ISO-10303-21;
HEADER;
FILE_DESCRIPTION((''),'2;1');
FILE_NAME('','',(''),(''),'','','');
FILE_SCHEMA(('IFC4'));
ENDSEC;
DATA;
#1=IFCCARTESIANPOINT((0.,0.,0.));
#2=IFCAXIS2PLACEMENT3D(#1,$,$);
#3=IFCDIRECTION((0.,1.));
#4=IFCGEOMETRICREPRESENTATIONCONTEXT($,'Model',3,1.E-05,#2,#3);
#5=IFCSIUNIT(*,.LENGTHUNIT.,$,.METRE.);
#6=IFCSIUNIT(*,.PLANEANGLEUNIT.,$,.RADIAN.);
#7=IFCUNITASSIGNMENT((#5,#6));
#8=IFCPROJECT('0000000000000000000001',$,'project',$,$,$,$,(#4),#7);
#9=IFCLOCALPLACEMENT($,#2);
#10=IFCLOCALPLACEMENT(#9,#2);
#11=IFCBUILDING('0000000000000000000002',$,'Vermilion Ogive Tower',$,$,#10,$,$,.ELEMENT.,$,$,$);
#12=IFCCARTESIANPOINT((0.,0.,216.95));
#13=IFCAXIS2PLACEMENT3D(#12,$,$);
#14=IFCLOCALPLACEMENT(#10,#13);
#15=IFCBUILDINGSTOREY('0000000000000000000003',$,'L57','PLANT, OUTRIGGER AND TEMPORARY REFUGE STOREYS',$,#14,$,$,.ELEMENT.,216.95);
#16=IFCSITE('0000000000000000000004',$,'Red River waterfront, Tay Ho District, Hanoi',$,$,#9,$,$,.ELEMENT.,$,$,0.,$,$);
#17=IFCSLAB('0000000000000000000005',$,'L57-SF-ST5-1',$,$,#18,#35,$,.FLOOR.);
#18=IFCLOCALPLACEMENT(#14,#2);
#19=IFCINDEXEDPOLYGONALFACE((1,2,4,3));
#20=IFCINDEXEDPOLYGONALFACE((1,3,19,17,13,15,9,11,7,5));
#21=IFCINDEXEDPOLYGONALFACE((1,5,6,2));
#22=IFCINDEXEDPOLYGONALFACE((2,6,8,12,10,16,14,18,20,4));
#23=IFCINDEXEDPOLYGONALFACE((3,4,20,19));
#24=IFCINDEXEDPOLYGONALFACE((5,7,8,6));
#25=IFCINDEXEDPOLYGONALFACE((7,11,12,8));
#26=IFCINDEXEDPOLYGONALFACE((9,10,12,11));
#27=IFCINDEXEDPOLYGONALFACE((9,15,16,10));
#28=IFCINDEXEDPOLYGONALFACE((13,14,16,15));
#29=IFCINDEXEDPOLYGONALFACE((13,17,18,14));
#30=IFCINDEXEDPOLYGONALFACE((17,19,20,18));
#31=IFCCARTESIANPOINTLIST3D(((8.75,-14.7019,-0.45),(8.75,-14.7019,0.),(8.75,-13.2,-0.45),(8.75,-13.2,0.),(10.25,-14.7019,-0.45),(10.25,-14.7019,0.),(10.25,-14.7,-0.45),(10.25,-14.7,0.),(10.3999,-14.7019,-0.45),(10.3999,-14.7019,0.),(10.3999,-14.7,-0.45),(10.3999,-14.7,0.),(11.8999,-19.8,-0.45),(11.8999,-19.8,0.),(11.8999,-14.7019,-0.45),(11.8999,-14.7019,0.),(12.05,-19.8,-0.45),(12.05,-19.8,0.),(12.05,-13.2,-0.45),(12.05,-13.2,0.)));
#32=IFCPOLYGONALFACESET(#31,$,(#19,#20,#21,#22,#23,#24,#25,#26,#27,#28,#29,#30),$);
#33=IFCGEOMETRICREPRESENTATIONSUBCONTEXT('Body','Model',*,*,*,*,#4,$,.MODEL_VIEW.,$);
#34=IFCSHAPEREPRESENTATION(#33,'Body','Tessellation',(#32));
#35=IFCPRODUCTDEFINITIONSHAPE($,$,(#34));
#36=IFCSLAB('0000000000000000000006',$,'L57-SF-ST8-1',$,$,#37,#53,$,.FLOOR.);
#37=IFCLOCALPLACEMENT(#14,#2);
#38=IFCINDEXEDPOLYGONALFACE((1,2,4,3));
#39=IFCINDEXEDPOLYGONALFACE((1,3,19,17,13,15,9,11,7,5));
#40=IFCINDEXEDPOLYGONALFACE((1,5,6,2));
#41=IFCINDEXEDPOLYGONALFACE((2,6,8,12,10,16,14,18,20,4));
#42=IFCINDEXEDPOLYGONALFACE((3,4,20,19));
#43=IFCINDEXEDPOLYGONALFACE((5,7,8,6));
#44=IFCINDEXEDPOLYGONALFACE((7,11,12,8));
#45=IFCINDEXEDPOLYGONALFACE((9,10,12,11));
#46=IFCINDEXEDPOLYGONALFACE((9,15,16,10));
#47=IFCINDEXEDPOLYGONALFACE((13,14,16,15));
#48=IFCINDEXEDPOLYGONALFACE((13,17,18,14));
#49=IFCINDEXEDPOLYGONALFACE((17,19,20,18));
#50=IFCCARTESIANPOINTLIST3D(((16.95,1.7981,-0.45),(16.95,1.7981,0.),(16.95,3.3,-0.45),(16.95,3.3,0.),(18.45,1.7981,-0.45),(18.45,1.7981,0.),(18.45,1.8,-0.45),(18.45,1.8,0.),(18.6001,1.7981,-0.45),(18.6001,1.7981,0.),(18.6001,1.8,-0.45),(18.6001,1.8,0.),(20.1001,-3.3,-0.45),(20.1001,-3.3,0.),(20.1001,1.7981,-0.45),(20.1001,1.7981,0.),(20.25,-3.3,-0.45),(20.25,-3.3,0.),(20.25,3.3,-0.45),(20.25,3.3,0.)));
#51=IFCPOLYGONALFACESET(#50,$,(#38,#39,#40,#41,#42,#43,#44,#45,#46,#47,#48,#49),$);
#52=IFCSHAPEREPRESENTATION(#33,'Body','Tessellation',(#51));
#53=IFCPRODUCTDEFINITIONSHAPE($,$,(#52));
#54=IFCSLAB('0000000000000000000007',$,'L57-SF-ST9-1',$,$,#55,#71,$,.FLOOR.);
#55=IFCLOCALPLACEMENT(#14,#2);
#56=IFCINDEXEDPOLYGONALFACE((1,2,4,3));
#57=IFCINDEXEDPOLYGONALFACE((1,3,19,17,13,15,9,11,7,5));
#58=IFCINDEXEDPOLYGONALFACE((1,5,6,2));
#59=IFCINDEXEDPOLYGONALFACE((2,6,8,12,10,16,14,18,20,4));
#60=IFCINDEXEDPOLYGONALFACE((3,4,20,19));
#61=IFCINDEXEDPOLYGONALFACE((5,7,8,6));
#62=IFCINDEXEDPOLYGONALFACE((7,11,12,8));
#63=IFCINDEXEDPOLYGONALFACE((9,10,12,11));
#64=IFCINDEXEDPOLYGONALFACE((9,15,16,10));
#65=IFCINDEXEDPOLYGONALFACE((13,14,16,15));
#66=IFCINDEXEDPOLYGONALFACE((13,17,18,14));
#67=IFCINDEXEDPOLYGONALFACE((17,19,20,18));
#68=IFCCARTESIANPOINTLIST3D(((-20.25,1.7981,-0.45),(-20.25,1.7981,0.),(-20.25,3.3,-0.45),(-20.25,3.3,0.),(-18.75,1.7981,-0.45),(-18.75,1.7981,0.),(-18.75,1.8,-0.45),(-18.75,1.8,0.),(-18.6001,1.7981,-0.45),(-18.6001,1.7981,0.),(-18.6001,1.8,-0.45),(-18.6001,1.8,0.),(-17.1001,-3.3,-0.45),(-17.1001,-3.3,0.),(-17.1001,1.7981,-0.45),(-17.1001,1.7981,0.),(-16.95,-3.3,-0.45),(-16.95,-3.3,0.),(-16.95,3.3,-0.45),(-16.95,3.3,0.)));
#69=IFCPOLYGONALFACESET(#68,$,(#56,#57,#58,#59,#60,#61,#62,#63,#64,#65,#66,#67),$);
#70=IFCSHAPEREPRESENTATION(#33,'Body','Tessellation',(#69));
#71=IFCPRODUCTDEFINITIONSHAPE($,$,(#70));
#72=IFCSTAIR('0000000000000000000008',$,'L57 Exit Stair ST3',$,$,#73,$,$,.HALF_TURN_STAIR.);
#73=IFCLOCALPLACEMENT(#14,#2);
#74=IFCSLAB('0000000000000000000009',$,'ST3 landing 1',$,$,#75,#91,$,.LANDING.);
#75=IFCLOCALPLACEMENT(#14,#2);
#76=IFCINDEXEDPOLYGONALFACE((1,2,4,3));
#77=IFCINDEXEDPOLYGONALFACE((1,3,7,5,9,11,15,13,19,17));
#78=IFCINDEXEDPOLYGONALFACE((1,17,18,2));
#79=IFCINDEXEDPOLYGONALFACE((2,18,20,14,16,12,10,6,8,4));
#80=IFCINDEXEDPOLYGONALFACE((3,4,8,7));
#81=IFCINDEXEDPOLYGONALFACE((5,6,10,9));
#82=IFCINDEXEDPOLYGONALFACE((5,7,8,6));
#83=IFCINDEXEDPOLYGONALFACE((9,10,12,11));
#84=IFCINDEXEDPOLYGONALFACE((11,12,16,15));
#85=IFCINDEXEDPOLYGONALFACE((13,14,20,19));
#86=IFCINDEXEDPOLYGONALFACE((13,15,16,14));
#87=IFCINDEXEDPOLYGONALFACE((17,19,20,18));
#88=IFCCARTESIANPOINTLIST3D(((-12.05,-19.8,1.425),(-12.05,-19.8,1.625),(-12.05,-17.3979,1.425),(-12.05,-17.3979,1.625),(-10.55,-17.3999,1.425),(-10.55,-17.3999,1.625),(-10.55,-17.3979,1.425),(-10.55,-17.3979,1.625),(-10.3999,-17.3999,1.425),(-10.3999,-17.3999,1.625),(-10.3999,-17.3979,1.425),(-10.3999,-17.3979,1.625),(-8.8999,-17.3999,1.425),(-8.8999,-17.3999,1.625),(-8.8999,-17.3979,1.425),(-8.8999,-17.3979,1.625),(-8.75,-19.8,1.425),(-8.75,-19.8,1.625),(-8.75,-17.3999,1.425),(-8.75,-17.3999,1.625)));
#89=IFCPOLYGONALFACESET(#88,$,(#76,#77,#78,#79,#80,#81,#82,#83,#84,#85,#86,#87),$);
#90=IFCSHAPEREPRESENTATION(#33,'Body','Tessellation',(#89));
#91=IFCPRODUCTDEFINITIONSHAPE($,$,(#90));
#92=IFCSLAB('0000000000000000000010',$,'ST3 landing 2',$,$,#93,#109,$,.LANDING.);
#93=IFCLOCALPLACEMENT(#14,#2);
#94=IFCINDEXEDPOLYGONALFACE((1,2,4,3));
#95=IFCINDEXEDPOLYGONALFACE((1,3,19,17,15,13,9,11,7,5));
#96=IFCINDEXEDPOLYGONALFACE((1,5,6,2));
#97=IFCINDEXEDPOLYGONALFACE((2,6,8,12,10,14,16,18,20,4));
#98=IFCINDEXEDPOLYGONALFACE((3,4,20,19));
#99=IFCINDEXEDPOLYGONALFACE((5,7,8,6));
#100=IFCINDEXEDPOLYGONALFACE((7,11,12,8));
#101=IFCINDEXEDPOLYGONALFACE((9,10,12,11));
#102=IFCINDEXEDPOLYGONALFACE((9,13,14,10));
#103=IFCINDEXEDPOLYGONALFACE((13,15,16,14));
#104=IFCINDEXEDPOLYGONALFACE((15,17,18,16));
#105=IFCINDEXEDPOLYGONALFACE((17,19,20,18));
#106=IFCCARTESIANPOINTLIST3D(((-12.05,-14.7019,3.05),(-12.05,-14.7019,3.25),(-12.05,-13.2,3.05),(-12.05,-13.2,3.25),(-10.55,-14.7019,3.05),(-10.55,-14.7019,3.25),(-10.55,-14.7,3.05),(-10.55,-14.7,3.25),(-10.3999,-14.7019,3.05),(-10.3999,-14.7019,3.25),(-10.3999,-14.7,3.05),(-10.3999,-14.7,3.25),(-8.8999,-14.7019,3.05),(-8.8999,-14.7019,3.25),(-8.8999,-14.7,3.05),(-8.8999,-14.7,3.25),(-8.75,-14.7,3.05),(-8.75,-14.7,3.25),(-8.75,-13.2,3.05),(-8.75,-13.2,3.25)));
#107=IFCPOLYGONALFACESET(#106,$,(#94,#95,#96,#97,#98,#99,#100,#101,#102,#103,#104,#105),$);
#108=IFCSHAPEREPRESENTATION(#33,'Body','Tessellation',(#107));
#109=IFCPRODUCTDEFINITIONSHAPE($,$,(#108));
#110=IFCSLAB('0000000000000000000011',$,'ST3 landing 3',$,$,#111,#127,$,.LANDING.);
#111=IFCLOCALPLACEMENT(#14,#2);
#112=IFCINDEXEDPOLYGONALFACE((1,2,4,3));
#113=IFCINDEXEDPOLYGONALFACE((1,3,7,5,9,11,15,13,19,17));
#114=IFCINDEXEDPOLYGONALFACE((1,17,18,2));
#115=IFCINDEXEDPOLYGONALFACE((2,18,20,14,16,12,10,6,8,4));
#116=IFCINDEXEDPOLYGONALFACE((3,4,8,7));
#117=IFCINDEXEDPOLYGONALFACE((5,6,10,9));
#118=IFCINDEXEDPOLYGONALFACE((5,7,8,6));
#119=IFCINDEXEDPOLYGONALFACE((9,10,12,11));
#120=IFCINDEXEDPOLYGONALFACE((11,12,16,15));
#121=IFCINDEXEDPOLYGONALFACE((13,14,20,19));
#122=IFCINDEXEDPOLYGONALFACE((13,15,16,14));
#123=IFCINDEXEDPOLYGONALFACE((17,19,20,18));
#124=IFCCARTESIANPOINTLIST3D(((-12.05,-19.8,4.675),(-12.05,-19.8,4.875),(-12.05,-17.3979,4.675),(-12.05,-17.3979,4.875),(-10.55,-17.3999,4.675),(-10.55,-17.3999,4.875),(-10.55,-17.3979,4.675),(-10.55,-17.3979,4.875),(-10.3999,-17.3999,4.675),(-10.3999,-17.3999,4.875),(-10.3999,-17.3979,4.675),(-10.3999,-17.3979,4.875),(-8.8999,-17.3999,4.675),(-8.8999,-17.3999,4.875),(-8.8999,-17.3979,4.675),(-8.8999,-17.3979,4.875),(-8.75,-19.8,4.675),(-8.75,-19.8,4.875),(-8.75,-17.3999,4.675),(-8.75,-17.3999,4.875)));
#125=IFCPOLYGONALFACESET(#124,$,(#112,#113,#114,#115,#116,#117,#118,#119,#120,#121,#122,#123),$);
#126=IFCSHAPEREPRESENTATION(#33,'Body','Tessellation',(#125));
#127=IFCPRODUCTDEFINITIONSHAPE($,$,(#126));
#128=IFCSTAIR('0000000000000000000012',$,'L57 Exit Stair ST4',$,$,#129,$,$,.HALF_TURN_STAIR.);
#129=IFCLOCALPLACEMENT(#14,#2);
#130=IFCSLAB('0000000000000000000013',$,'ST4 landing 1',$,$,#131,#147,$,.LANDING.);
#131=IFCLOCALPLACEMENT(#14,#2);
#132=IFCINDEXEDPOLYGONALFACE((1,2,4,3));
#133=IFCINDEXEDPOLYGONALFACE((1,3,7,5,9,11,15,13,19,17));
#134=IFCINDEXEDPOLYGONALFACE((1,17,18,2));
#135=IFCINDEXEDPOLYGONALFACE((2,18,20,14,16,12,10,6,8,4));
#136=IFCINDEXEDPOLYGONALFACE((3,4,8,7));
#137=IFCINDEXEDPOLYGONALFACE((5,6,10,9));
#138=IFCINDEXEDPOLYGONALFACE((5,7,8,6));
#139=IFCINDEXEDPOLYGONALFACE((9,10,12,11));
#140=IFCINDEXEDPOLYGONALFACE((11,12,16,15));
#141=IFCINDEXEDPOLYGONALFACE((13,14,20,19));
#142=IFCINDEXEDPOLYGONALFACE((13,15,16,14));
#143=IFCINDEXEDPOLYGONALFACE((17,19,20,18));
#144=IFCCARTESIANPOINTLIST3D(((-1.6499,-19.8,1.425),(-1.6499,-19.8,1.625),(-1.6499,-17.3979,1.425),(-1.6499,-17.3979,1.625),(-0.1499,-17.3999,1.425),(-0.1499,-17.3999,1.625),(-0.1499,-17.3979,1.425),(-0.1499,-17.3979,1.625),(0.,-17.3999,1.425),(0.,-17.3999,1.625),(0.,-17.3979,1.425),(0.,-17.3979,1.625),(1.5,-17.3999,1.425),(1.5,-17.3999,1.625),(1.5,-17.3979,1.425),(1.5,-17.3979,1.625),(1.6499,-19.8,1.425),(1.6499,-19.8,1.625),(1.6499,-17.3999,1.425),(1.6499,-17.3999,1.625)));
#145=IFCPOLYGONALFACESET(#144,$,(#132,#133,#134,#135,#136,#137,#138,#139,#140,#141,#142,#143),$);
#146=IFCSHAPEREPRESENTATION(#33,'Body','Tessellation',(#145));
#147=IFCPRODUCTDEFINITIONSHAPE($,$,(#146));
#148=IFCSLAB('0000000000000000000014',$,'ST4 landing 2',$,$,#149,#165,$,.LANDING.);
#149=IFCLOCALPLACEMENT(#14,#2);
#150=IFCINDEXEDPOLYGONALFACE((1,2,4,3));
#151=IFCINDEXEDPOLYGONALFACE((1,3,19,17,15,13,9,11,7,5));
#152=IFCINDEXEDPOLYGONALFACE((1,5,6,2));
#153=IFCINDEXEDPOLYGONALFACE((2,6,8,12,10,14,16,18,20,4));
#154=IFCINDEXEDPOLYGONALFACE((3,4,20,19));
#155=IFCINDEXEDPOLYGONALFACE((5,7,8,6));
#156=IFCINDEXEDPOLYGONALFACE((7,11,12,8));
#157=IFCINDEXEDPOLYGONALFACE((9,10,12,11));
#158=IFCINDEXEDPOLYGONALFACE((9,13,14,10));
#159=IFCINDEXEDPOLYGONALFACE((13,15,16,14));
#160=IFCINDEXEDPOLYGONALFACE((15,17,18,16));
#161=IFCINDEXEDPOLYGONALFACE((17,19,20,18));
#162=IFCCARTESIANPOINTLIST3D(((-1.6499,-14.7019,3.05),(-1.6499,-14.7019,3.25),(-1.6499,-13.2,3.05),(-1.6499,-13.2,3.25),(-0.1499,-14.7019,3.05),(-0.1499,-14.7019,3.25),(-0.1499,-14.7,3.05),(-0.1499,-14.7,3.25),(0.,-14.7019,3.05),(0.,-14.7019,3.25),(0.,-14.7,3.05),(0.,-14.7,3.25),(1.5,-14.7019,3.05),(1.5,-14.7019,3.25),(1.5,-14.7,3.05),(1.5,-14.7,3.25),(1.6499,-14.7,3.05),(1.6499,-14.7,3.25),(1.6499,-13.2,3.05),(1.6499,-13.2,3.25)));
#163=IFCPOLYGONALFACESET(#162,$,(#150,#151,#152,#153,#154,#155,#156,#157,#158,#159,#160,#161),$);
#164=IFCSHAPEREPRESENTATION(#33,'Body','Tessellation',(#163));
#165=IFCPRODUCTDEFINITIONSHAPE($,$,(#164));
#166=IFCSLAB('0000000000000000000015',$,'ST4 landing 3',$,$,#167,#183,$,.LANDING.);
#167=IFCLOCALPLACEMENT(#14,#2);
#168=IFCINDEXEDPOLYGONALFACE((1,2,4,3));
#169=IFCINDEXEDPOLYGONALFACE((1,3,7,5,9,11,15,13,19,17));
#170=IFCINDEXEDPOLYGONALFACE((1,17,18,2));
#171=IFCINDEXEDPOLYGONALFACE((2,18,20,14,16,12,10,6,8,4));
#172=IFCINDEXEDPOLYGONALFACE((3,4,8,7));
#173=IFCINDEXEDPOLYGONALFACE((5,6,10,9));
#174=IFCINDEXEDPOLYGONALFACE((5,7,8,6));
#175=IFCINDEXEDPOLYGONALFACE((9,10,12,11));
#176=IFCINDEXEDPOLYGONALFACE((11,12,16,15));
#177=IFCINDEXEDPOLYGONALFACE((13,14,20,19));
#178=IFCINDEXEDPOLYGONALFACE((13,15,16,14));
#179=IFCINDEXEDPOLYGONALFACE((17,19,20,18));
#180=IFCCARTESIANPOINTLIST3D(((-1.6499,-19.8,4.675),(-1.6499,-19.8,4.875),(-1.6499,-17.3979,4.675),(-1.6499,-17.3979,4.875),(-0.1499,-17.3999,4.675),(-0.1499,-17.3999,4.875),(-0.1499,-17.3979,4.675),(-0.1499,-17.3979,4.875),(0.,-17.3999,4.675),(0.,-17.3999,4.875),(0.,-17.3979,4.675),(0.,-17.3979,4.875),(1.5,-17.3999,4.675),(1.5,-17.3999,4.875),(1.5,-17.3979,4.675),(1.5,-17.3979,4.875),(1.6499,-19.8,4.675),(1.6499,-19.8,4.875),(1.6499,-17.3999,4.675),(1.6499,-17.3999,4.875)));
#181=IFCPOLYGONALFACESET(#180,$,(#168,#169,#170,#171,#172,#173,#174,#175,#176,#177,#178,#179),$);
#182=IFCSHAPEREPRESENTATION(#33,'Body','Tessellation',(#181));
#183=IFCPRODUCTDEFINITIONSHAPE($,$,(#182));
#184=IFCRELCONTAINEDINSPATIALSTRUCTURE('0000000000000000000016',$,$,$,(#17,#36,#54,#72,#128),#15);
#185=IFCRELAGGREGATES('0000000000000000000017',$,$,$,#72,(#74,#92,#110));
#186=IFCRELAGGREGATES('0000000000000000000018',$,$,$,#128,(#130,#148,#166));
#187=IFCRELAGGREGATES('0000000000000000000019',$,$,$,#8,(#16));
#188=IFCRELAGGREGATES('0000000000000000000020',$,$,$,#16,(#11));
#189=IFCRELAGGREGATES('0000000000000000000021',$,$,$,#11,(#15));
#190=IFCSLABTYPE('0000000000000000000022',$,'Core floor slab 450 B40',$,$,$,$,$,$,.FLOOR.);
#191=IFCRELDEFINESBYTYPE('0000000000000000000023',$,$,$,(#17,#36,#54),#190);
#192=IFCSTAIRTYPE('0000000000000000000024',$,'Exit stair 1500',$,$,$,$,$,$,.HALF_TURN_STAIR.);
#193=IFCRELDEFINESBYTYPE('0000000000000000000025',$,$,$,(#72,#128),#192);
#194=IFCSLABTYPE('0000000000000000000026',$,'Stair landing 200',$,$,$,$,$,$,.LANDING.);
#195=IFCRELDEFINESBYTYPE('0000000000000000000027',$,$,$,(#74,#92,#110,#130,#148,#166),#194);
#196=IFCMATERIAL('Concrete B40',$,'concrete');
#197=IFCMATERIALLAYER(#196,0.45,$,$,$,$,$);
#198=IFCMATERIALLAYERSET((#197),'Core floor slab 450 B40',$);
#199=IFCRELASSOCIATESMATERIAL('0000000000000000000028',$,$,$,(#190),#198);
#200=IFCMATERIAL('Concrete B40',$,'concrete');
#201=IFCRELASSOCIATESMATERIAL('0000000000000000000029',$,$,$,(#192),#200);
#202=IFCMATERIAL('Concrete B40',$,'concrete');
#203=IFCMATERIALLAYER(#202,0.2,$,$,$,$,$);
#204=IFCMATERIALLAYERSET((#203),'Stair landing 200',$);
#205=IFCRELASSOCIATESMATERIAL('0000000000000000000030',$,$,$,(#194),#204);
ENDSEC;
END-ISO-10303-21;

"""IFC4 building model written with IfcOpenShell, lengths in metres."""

from ifc_helpers import new_model, si_unit, direction, frame, origin, place, context, subcontext, project, spatial, polyline, outline, extrude, material, layer, layer_set, type_object, element, aggregate, save


model = new_model("IFC4")

# Units and contexts
model_context = context("Model", 3, precision=1e-05, world=origin(), true_north=direction((0.0, 1.0)))
body_context = subcontext(model_context, "Body", "Model", "MODEL_VIEW")
ifc_project = project(units=[si_unit("LENGTHUNIT", "METRE"), si_unit("PLANEANGLEUNIT", "RADIAN")], contexts=[model_context])

# Site, building, storey
site_placement = place(None, origin())
site = spatial("IfcSite", under=ifc_project, at=site_placement, Name="Red River waterfront, Tay Ho District, Hanoi", CompositionType="ELEMENT", RefElevation=0.0)
building_placement = place(site_placement, origin())
building = spatial("IfcBuilding", under=site, at=building_placement, Name="Vermilion Ogive Tower", CompositionType="ELEMENT")
storey_placement = place(building_placement, frame((0.0, 0.0, 216.95)))
storey = spatial("IfcBuildingStorey", under=building, at=storey_placement, Name="L57", Description="PLANT, OUTRIGGER AND TEMPORARY REFUGE STOREYS", CompositionType="ELEMENT", Elevation=216.95)

# Slabs
ifc_material_1 = material(Name="Concrete B40", Category="concrete")
ifc_layer_1 = layer(ifc_material_1, 0.45)
ifc_layer_set_1 = layer_set([ifc_layer_1], Name="Core floor slab 450 B40")
slab_type_1 = type_object("IfcSlabType", Name="Core floor slab 450 B40", PredefinedType="FLOOR", material=ifc_layer_set_1)
slab_1_placement = place(storey_placement, frame((0.0, 0.0, -0.45)))
element("IfcSlab", 1, at=slab_1_placement, inside=storey, type_object=slab_type_1, Name="L57-SF-ST5-1", PredefinedType="FLOOR", context=body_context, shape_type="SweptSolid", body=[
    extrude(outline(polyline([(8.75, -13.2), (8.75, -14.7019), (10.25, -14.7019), (10.25, -14.7), (10.3999, -14.7), (10.3999, -14.7019), (11.8999, -14.7019), (11.8999, -19.8), (12.05, -19.8), (12.05, -13.2), (8.75, -13.2)])), origin(), (0.0, 0.0, 1.0), 0.45),
])
slab_2_placement = place(storey_placement, frame((0.0, 0.0, -0.45)))
element("IfcSlab", 2, at=slab_2_placement, inside=storey, type_object=slab_type_1, Name="L57-SF-ST8-1", PredefinedType="FLOOR", context=body_context, shape_type="SweptSolid", body=[
    extrude(outline(polyline([(16.95, 3.3), (16.95, 1.7981), (18.45, 1.7981), (18.45, 1.8), (18.6001, 1.8), (18.6001, 1.7981), (20.1001, 1.7981), (20.1001, -3.3), (20.25, -3.3), (20.25, 3.3), (16.95, 3.3)])), origin(), (0.0, 0.0, 1.0), 0.45),
])
slab_3_placement = place(storey_placement, frame((0.0, 0.0, -0.45)))
element("IfcSlab", 3, at=slab_3_placement, inside=storey, type_object=slab_type_1, Name="L57-SF-ST9-1", PredefinedType="FLOOR", context=body_context, shape_type="SweptSolid", body=[
    extrude(outline(polyline([(-20.25, 3.3), (-20.25, 1.7981), (-18.75, 1.7981), (-18.75, 1.8), (-18.6001, 1.8), (-18.6001, 1.7981), (-17.1001, 1.7981), (-17.1001, -3.3), (-16.95, -3.3), (-16.95, 3.3), (-20.25, 3.3)])), origin(), (0.0, 0.0, 1.0), 0.45),
])

# Stairs, slabs
ifc_material_2 = material(Name="Concrete B40", Category="concrete")
stair_type = type_object("IfcStairType", Name="Exit stair 1500", PredefinedType="HALF_TURN_STAIR", material=ifc_material_2)
stair_1_placement = place(storey_placement, origin())
stair_1 = element("IfcStair", 4, at=stair_1_placement, inside=storey, type_object=stair_type, Name="L57 Exit Stair ST3", PredefinedType="HALF_TURN_STAIR")
ifc_material_3 = material(Name="Concrete B40", Category="concrete")
ifc_layer_2 = layer(ifc_material_3, 0.2)
ifc_layer_set_2 = layer_set([ifc_layer_2], Name="Stair landing 200")
slab_type_2 = type_object("IfcSlabType", Name="Stair landing 200", PredefinedType="LANDING", material=ifc_layer_set_2)
slab_4_placement = place(storey_placement, frame((0.0, 0.0, 1.425)))
slab_4 = element("IfcSlab", 5, at=slab_4_placement, type_object=slab_type_2, Name="ST3 landing 1", PredefinedType="LANDING", context=body_context, shape_type="SweptSolid", body=[
    extrude(outline(polyline([(-8.75, -17.3999), (-8.8999, -17.3999), (-8.8999, -17.3979), (-10.3999, -17.3979), (-10.3999, -17.3999), (-10.55, -17.3999), (-10.55, -17.3979), (-12.05, -17.3979), (-12.05, -19.8), (-8.75, -19.8), (-8.75, -17.3999)])), origin(), (0.0, 0.0, 1.0), 0.2),
])
slab_5_placement = place(storey_placement, frame((0.0, 0.0, 3.05)))
slab_5 = element("IfcSlab", 6, at=slab_5_placement, type_object=slab_type_2, Name="ST3 landing 2", PredefinedType="LANDING", context=body_context, shape_type="SweptSolid", body=[
    extrude(outline(polyline([(-12.05, -13.2), (-12.05, -14.7019), (-10.55, -14.7019), (-10.55, -14.7), (-10.3999, -14.7), (-10.3999, -14.7019), (-8.8999, -14.7019), (-8.8999, -14.7), (-8.75, -14.7), (-8.75, -13.2), (-12.05, -13.2)])), origin(), (0.0, 0.0, 1.0), 0.2),
])
slab_6_placement = place(storey_placement, frame((0.0, 0.0, 4.675)))
slab_6 = element("IfcSlab", 7, at=slab_6_placement, type_object=slab_type_2, Name="ST3 landing 3", PredefinedType="LANDING", context=body_context, shape_type="SweptSolid", body=[
    extrude(outline(polyline([(-8.75, -17.3999), (-8.8999, -17.3999), (-8.8999, -17.3979), (-10.3999, -17.3979), (-10.3999, -17.3999), (-10.55, -17.3999), (-10.55, -17.3979), (-12.05, -17.3979), (-12.05, -19.8), (-8.75, -19.8), (-8.75, -17.3999)])), origin(), (0.0, 0.0, 1.0), 0.2),
])
aggregate(stair_1, [slab_4, slab_5, slab_6])
stair_2_placement = place(storey_placement, origin())
stair_2 = element("IfcStair", 8, at=stair_2_placement, inside=storey, type_object=stair_type, Name="L57 Exit Stair ST4", PredefinedType="HALF_TURN_STAIR")
slab_7_placement = place(storey_placement, frame((0.0, 0.0, 1.425)))
slab_7 = element("IfcSlab", 9, at=slab_7_placement, type_object=slab_type_2, Name="ST4 landing 1", PredefinedType="LANDING", context=body_context, shape_type="SweptSolid", body=[
    extrude(outline(polyline([(1.6499, -17.3999), (1.5, -17.3999), (1.5, -17.3979), (0.0, -17.3979), (0.0, -17.3999), (-0.1499, -17.3999), (-0.1499, -17.3979), (-1.6499, -17.3979), (-1.6499, -19.8), (1.6499, -19.8), (1.6499, -17.3999)])), origin(), (0.0, 0.0, 1.0), 0.2),
])
slab_8_placement = place(storey_placement, frame((0.0, 0.0, 3.05)))
slab_8 = element("IfcSlab", 10, at=slab_8_placement, type_object=slab_type_2, Name="ST4 landing 2", PredefinedType="LANDING", context=body_context, shape_type="SweptSolid", body=[
    extrude(outline(polyline([(-1.6499, -13.2), (-1.6499, -14.7019), (-0.1499, -14.7019), (-0.1499, -14.7), (0.0, -14.7), (0.0, -14.7019), (1.5, -14.7019), (1.5, -14.7), (1.6499, -14.7), (1.6499, -13.2), (-1.6499, -13.2)])), origin(), (0.0, 0.0, 1.0), 0.2),
])
slab_9_placement = place(storey_placement, frame((0.0, 0.0, 4.675)))
slab_9 = element("IfcSlab", 11, at=slab_9_placement, type_object=slab_type_2, Name="ST4 landing 3", PredefinedType="LANDING", context=body_context, shape_type="SweptSolid", body=[
    extrude(outline(polyline([(1.6499, -17.3999), (1.5, -17.3999), (1.5, -17.3979), (0.0, -17.3979), (0.0, -17.3999), (-0.1499, -17.3999), (-0.1499, -17.3979), (-1.6499, -17.3979), (-1.6499, -19.8), (1.6499, -19.8), (1.6499, -17.3999)])), origin(), (0.0, 0.0, 1.0), 0.2),
])
aggregate(stair_2, [slab_7, slab_8, slab_9])

save(model, "model.ifc")
